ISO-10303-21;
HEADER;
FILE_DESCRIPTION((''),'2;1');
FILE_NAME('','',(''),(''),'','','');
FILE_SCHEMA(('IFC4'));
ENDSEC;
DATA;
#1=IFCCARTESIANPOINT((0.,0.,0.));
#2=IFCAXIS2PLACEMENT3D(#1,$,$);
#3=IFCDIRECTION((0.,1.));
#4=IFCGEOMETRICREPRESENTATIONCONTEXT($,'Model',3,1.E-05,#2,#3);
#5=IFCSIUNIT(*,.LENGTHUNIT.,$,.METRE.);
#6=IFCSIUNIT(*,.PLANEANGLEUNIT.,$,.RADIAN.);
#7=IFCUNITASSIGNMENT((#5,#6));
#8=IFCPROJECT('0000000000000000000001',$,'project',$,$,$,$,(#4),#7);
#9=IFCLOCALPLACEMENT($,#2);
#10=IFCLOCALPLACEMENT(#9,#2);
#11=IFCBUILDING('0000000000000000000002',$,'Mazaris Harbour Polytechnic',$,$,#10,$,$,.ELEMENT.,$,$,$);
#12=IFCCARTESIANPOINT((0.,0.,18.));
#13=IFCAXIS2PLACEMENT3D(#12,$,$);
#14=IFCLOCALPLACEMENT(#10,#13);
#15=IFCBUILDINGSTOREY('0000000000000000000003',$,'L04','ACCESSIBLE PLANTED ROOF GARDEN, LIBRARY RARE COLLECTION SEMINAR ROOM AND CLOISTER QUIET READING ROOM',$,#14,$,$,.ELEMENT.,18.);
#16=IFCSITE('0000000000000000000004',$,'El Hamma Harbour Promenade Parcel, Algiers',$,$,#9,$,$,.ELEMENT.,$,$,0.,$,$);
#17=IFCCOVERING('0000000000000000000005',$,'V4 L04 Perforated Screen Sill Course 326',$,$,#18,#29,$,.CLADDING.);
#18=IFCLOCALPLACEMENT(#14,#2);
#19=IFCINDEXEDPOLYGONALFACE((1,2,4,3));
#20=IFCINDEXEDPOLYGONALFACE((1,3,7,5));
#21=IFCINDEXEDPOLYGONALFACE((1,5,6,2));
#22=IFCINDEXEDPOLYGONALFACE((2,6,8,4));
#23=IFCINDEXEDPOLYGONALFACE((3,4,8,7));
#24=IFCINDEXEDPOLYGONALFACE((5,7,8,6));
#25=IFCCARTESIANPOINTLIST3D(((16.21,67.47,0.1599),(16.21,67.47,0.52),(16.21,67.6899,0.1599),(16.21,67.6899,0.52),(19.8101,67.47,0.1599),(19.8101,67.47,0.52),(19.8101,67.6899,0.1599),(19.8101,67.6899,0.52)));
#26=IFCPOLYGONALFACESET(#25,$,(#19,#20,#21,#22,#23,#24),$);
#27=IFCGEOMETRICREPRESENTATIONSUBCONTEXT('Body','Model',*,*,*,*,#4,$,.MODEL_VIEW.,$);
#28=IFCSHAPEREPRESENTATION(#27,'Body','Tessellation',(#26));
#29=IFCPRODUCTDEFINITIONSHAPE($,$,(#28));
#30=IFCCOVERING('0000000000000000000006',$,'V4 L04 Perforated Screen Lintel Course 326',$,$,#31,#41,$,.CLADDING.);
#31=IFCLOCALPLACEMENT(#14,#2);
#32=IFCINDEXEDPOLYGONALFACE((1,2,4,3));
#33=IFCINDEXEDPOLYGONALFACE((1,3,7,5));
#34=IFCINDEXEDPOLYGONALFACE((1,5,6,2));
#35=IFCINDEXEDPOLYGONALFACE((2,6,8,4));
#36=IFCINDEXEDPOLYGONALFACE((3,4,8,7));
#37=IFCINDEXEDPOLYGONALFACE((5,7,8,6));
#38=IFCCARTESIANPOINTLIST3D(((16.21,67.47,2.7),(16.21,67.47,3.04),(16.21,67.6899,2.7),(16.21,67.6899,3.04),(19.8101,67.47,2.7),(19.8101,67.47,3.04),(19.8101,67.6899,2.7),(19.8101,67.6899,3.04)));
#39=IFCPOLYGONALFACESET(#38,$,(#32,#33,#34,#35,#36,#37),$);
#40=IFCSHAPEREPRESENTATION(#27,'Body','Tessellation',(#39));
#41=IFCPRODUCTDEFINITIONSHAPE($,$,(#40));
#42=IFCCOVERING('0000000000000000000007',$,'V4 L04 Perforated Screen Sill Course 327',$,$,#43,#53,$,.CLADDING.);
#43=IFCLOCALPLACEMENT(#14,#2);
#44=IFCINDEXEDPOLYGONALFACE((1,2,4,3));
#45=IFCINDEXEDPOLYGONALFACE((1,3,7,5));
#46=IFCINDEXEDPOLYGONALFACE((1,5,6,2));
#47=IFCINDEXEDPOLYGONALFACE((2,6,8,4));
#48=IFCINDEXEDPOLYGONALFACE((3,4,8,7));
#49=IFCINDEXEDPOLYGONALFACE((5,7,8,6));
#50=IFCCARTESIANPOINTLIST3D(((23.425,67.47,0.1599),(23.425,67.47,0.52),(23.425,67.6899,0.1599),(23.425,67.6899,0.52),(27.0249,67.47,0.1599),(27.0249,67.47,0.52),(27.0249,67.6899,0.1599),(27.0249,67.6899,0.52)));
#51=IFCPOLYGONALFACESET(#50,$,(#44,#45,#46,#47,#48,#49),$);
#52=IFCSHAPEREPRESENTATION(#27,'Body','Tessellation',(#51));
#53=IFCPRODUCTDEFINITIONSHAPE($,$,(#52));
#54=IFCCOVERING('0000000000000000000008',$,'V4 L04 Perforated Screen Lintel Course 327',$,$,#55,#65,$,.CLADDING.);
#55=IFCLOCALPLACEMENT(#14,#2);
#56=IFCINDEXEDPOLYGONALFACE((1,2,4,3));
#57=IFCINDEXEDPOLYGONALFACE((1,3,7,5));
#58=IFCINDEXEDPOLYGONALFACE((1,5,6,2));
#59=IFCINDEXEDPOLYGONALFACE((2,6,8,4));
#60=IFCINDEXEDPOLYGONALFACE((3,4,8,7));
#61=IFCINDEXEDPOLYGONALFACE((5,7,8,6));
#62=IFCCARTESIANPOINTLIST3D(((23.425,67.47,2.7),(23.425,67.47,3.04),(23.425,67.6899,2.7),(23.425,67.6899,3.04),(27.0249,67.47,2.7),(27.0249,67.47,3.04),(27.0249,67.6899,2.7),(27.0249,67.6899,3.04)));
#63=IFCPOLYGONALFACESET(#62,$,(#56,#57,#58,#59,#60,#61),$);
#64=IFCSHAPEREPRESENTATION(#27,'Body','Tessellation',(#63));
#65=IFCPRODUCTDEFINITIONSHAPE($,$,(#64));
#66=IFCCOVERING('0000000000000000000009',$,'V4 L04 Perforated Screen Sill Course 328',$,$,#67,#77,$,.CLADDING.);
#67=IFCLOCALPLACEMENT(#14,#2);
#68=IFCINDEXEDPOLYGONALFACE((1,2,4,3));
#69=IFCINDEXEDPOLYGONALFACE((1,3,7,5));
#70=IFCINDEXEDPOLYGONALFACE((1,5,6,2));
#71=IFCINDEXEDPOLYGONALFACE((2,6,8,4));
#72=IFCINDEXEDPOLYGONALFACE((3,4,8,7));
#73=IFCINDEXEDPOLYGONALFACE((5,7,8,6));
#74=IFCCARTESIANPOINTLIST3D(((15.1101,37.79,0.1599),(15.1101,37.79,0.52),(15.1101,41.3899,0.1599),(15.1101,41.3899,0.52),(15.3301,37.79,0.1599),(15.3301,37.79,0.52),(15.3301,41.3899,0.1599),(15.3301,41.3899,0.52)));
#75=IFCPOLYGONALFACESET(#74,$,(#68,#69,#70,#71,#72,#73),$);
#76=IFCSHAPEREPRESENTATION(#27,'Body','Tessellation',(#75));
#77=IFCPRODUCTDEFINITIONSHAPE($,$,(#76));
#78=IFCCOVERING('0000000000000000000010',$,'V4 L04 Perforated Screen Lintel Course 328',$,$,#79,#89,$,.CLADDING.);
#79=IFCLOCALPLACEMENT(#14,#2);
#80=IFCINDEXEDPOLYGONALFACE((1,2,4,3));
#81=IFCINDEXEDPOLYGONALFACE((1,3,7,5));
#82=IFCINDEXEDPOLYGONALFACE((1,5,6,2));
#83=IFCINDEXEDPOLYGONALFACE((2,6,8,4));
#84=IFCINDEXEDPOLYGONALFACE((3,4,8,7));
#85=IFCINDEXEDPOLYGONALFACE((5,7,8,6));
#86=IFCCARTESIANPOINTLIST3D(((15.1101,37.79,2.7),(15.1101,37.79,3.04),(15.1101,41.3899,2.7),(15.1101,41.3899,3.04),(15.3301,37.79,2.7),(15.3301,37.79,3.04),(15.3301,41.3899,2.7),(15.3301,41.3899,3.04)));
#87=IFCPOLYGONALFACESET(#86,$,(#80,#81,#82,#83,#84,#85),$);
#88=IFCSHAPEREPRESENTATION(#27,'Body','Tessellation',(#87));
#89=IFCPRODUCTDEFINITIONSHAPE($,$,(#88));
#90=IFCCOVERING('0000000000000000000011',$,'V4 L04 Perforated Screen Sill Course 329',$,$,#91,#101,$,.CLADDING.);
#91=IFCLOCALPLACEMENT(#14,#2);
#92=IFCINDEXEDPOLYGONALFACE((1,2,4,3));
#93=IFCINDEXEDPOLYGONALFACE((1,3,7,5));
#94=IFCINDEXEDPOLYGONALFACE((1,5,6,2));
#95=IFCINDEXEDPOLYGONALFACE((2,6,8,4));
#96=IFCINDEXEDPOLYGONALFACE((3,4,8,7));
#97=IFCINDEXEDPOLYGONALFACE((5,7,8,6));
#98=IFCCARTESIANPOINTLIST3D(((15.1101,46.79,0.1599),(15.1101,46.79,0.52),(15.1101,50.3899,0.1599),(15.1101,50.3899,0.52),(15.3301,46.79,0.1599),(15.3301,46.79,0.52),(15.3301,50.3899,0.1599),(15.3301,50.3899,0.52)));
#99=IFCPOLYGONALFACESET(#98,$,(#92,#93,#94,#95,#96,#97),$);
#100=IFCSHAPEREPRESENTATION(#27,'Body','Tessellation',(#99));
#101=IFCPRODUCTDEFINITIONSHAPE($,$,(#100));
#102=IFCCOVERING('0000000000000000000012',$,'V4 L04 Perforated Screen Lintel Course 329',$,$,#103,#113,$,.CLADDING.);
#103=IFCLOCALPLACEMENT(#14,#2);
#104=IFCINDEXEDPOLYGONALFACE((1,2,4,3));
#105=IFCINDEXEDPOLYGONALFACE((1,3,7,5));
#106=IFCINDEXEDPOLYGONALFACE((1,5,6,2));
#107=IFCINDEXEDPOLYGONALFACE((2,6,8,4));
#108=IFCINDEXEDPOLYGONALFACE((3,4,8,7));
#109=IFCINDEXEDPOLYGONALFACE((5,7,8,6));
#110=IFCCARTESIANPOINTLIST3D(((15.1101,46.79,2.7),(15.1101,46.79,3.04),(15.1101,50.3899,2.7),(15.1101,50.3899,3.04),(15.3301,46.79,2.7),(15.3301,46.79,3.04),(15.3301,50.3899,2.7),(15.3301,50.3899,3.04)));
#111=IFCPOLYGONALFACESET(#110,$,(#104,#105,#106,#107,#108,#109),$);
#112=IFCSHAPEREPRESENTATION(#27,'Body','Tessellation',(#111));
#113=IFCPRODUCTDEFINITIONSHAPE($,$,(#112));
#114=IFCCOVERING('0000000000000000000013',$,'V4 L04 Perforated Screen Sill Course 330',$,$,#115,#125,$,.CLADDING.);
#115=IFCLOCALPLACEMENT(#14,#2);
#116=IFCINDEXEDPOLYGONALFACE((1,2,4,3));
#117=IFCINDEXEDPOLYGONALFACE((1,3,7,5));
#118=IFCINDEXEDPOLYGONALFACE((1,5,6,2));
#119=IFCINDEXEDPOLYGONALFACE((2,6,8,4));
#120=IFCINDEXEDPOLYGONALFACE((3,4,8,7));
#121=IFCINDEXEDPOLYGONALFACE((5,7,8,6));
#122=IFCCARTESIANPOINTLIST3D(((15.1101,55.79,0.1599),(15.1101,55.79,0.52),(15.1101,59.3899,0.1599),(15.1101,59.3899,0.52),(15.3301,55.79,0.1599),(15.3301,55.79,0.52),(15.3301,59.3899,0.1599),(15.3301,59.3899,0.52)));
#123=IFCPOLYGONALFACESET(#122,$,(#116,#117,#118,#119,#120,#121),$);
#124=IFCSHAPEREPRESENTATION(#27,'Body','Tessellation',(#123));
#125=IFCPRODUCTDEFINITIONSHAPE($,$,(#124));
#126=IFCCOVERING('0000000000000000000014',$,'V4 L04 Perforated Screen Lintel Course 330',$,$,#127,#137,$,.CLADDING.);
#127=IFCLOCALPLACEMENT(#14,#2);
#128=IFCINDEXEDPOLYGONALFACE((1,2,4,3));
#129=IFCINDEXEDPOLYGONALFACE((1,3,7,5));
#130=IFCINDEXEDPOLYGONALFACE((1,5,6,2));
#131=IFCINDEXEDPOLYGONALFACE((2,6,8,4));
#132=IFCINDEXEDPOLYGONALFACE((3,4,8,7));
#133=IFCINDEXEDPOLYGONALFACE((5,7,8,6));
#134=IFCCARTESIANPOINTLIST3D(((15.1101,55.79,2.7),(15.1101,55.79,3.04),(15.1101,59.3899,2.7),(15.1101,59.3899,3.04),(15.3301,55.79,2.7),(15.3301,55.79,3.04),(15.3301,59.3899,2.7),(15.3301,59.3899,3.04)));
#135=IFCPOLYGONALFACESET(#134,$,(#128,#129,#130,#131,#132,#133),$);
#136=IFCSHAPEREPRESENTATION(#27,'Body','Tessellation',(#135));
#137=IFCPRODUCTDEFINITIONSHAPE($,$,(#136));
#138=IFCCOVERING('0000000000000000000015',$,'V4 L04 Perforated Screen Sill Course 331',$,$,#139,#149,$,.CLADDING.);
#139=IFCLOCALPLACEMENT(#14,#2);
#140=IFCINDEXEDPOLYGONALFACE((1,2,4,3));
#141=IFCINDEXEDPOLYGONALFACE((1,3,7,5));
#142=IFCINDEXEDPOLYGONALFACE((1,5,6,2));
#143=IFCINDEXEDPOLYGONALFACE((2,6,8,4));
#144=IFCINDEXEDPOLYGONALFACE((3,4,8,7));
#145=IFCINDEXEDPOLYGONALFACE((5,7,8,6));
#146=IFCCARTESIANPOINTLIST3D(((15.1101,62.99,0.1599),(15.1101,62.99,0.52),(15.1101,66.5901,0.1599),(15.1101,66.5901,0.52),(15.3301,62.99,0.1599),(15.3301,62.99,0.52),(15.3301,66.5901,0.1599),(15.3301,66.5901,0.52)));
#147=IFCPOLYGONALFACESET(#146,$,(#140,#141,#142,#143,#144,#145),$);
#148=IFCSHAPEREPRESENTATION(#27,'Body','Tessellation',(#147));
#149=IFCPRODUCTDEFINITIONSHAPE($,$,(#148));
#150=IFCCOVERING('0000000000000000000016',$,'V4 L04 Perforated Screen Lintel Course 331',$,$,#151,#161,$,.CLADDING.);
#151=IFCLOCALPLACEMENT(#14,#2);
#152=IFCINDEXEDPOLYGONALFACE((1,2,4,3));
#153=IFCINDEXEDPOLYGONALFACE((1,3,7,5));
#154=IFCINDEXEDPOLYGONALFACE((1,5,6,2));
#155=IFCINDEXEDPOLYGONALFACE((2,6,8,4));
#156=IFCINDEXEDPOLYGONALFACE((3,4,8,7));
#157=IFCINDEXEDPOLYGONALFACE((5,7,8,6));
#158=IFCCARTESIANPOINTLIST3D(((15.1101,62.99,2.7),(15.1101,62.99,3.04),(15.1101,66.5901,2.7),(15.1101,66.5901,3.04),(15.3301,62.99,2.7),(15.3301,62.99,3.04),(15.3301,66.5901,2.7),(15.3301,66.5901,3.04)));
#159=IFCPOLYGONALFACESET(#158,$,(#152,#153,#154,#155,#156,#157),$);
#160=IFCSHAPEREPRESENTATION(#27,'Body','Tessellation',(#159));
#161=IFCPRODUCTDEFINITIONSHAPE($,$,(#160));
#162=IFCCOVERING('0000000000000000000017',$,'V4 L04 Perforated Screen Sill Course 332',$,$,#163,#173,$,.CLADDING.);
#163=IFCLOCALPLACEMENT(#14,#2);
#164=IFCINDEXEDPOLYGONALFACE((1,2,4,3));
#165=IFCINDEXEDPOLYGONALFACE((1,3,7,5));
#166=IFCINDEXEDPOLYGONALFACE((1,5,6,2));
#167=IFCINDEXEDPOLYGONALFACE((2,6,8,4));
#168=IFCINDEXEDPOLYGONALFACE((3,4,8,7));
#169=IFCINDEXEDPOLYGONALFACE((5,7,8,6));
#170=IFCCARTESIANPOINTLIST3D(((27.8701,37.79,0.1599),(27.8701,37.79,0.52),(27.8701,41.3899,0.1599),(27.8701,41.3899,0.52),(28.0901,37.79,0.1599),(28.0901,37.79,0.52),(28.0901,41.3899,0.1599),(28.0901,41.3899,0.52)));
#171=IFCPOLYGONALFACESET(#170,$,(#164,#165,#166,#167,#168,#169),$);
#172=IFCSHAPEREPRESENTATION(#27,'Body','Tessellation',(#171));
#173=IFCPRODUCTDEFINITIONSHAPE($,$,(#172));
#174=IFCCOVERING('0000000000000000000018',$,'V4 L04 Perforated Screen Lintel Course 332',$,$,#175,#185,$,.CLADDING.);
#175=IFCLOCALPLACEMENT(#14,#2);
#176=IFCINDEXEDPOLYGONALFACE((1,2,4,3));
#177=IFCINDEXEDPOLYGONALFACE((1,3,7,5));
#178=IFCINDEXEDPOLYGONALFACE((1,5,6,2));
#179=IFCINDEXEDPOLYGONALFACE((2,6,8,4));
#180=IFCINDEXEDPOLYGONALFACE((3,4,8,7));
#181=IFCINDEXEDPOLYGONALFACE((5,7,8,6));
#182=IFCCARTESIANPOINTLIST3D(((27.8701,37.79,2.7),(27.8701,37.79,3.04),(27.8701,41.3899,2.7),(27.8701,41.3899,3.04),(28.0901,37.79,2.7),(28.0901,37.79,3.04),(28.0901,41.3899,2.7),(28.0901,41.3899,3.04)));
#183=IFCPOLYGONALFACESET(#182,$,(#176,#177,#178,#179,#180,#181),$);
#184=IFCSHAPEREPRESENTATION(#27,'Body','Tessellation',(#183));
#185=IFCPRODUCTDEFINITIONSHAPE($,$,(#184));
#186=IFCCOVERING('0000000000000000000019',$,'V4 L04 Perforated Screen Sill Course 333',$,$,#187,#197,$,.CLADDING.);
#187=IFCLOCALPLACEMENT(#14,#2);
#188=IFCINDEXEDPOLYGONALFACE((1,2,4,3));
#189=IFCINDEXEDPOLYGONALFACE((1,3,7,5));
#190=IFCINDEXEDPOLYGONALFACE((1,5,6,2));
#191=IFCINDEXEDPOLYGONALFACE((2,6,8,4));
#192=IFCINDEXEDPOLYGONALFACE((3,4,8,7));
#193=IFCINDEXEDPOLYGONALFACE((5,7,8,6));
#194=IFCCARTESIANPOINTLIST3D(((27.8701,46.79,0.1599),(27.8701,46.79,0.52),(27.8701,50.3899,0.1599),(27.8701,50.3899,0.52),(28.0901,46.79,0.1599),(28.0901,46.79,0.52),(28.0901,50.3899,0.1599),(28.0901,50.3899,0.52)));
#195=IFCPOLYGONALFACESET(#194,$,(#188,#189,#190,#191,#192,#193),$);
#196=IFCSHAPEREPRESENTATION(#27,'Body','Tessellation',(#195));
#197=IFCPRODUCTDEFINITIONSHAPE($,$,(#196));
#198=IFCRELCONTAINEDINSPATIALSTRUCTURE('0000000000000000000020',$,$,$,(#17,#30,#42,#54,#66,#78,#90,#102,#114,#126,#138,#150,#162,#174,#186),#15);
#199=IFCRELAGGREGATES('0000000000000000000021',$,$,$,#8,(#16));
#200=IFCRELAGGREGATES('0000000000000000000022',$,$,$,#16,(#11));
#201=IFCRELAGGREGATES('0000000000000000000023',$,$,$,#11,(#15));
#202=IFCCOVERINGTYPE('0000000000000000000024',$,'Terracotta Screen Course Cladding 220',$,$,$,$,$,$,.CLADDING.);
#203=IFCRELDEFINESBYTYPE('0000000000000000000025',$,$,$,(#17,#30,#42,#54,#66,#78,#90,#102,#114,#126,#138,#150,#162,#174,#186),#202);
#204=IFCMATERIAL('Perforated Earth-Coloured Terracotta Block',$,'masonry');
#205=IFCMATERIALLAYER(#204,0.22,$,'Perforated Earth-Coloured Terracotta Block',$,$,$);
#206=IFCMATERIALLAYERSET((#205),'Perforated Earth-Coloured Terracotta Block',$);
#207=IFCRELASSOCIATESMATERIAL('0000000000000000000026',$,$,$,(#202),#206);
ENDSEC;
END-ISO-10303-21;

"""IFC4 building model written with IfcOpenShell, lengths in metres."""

from ifc_helpers import new_model, si_unit, direction, frame, origin, place, context, subcontext, project, spatial, polyline, outline, extrude, material, layer, layer_set, type_object, element, save


model = new_model("IFC4")

# Units and contexts
model_context = context("Model", 3, precision=1e-05, world=origin(), true_north=direction((0.0, 1.0)))
body_context = subcontext(model_context, "Body", "Model", "MODEL_VIEW")
ifc_project = project(units=[si_unit("LENGTHUNIT", "METRE"), si_unit("PLANEANGLEUNIT", "RADIAN")], contexts=[model_context])

# Site, building, storey
site_placement = place(None, origin())
site = spatial("IfcSite", under=ifc_project, at=site_placement, Name="El Hamma Harbour Promenade Parcel, Algiers", CompositionType="ELEMENT", RefElevation=0.0)
building_placement = place(site_placement, origin())
building = spatial("IfcBuilding", under=site, at=building_placement, Name="Mazaris Harbour Polytechnic", CompositionType="ELEMENT")
storey_placement = place(building_placement, frame((0.0, 0.0, 18.0)))
storey = spatial("IfcBuildingStorey", under=building, at=storey_placement, Name="L04", Description="ACCESSIBLE PLANTED ROOF GARDEN, LIBRARY RARE COLLECTION SEMINAR ROOM AND CLOISTER QUIET READING ROOM", CompositionType="ELEMENT", Elevation=18.0)

# Coverings
ifc_material_1 = material(Name="Perforated Earth-Coloured Terracotta Block", Category="masonry")
ifc_layer = layer(ifc_material_1, 0.22, Name="Perforated Earth-Coloured Terracotta Block")
ifc_layer_set = layer_set([ifc_layer], Name="Perforated Earth-Coloured Terracotta Block")
covering_type = type_object("IfcCoveringType", Name="Terracotta Screen Course Cladding 220", PredefinedType="CLADDING", material=ifc_layer_set)
covering_1_placement = place(storey_placement, frame((0.0, 0.0, 0.1599)))
element("IfcCovering", 1, at=covering_1_placement, inside=storey, type_object=covering_type, Name="V4 L04 Perforated Screen Sill Course 326", PredefinedType="CLADDING", context=body_context, shape_type="SweptSolid", body=[
    extrude(outline(polyline([(19.8101, 67.6899), (16.21, 67.6899), (16.21, 67.47), (19.8101, 67.47), (19.8101, 67.6899)])), origin(), (0.0, 0.0, 1.0), 0.3601),
])
covering_2_placement = place(storey_placement, frame((0.0, 0.0, 2.7)))
element("IfcCovering", 2, at=covering_2_placement, inside=storey, type_object=covering_type, Name="V4 L04 Perforated Screen Lintel Course 326", PredefinedType="CLADDING", context=body_context, shape_type="SweptSolid", body=[
    extrude(outline(polyline([(19.8101, 67.6899), (16.21, 67.6899), (16.21, 67.47), (19.8101, 67.47), (19.8101, 67.6899)])), origin(), (0.0, 0.0, 1.0), 0.3401),
])
covering_3_placement = place(storey_placement, frame((0.0, 0.0, 0.1599)))
element("IfcCovering", 3, at=covering_3_placement, inside=storey, type_object=covering_type, Name="V4 L04 Perforated Screen Sill Course 327", PredefinedType="CLADDING", context=body_context, shape_type="SweptSolid", body=[
    extrude(outline(polyline([(27.0249, 67.6899), (23.425, 67.6899), (23.425, 67.47), (27.0249, 67.47), (27.0249, 67.6899)])), origin(), (0.0, 0.0, 1.0), 0.3601),
])
covering_4_placement = place(storey_placement, frame((0.0, 0.0, 2.7)))
element("IfcCovering", 4, at=covering_4_placement, inside=storey, type_object=covering_type, Name="V4 L04 Perforated Screen Lintel Course 327", PredefinedType="CLADDING", context=body_context, shape_type="SweptSolid", body=[
    extrude(outline(polyline([(27.0249, 67.6899), (23.425, 67.6899), (23.425, 67.47), (27.0249, 67.47), (27.0249, 67.6899)])), origin(), (0.0, 0.0, 1.0), 0.3401),
])
covering_5_placement = place(storey_placement, frame((0.0, 0.0, 0.1599)))
element("IfcCovering", 5, at=covering_5_placement, inside=storey, type_object=covering_type, Name="V4 L04 Perforated Screen Sill Course 328", PredefinedType="CLADDING", context=body_context, shape_type="SweptSolid", body=[
    extrude(outline(polyline([(15.1101, 37.79), (15.1101, 41.3899), (15.3301, 41.3899), (15.3301, 37.79), (15.1101, 37.79)])), origin(), (0.0, 0.0, 1.0), 0.3601),
])
covering_6_placement = place(storey_placement, frame((0.0, 0.0, 2.7)))
element("IfcCovering", 6, at=covering_6_placement, inside=storey, type_object=covering_type, Name="V4 L04 Perforated Screen Lintel Course 328", PredefinedType="CLADDING", context=body_context, shape_type="SweptSolid", body=[
    extrude(outline(polyline([(15.1101, 37.79), (15.1101, 41.3899), (15.3301, 41.3899), (15.3301, 37.79), (15.1101, 37.79)])), origin(), (0.0, 0.0, 1.0), 0.3401),
])
covering_7_placement = place(storey_placement, frame((0.0, 0.0, 0.1599)))
element("IfcCovering", 7, at=covering_7_placement, inside=storey, type_object=covering_type, Name="V4 L04 Perforated Screen Sill Course 329", PredefinedType="CLADDING", context=body_context, shape_type="SweptSolid", body=[
    extrude(outline(polyline([(15.1101, 46.79), (15.1101, 50.3899), (15.3301, 50.3899), (15.3301, 46.79), (15.1101, 46.79)])), origin(), (0.0, 0.0, 1.0), 0.3601),
])
covering_8_placement = place(storey_placement, frame((0.0, 0.0, 2.7)))
element("IfcCovering", 8, at=covering_8_placement, inside=storey, type_object=covering_type, Name="V4 L04 Perforated Screen Lintel Course 329", PredefinedType="CLADDING", context=body_context, shape_type="SweptSolid", body=[
    extrude(outline(polyline([(15.1101, 46.79), (15.1101, 50.3899), (15.3301, 50.3899), (15.3301, 46.79), (15.1101, 46.79)])), origin(), (0.0, 0.0, 1.0), 0.3401),
])
covering_9_placement = place(storey_placement, frame((0.0, 0.0, 0.1599)))
element("IfcCovering", 9, at=covering_9_placement, inside=storey, type_object=covering_type, Name="V4 L04 Perforated Screen Sill Course 330", PredefinedType="CLADDING", context=body_context, shape_type="SweptSolid", body=[
    extrude(outline(polyline([(15.1101, 55.79), (15.1101, 59.3899), (15.3301, 59.3899), (15.3301, 55.79), (15.1101, 55.79)])), origin(), (0.0, 0.0, 1.0), 0.3601),
])
covering_10_placement = place(storey_placement, frame((0.0, 0.0, 2.7)))
element("IfcCovering", 10, at=covering_10_placement, inside=storey, type_object=covering_type, Name="V4 L04 Perforated Screen Lintel Course 330", PredefinedType="CLADDING", context=body_context, shape_type="SweptSolid", body=[
    extrude(outline(polyline([(15.1101, 55.79), (15.1101, 59.3899), (15.3301, 59.3899), (15.3301, 55.79), (15.1101, 55.79)])), origin(), (0.0, 0.0, 1.0), 0.3401),
])
covering_11_placement = place(storey_placement, frame((0.0, 0.0, 0.1599)))
element("IfcCovering", 11, at=covering_11_placement, inside=storey, type_object=covering_type, Name="V4 L04 Perforated Screen Sill Course 331", PredefinedType="CLADDING", context=body_context, shape_type="SweptSolid", body=[
    extrude(outline(polyline([(15.1101, 62.99), (15.1101, 66.5901), (15.3301, 66.5901), (15.3301, 62.99), (15.1101, 62.99)])), origin(), (0.0, 0.0, 1.0), 0.3601),
])
covering_12_placement = place(storey_placement, frame((0.0, 0.0, 2.7)))
element("IfcCovering", 12, at=covering_12_placement, inside=storey, type_object=covering_type, Name="V4 L04 Perforated Screen Lintel Course 331", PredefinedType="CLADDING", context=body_context, shape_type="SweptSolid", body=[
    extrude(outline(polyline([(15.1101, 62.99), (15.1101, 66.5901), (15.3301, 66.5901), (15.3301, 62.99), (15.1101, 62.99)])), origin(), (0.0, 0.0, 1.0), 0.3401),
])
covering_13_placement = place(storey_placement, frame((0.0, 0.0, 0.1599)))
element("IfcCovering", 13, at=covering_13_placement, inside=storey, type_object=covering_type, Name="V4 L04 Perforated Screen Sill Course 332", PredefinedType="CLADDING", context=body_context, shape_type="SweptSolid", body=[
    extrude(outline(polyline([(28.0901, 41.3899), (28.0901, 37.79), (27.8701, 37.79), (27.8701, 41.3899), (28.0901, 41.3899)])), origin(), (0.0, 0.0, 1.0), 0.3601),
])
covering_14_placement = place(storey_placement, frame((0.0, 0.0, 2.7)))
element("IfcCovering", 14, at=covering_14_placement, inside=storey, type_object=covering_type, Name="V4 L04 Perforated Screen Lintel Course 332", PredefinedType="CLADDING", context=body_context, shape_type="SweptSolid", body=[
    extrude(outline(polyline([(28.0901, 41.3899), (28.0901, 37.79), (27.8701, 37.79), (27.8701, 41.3899), (28.0901, 41.3899)])), origin(), (0.0, 0.0, 1.0), 0.3401),
])
covering_15_placement = place(storey_placement, frame((0.0, 0.0, 0.1599)))
element("IfcCovering", 15, at=covering_15_placement, inside=storey, type_object=covering_type, Name="V4 L04 Perforated Screen Sill Course 333", PredefinedType="CLADDING", context=body_context, shape_type="SweptSolid", body=[
    extrude(outline(polyline([(28.0901, 50.3899), (28.0901, 46.79), (27.8701, 46.79), (27.8701, 50.3899), (28.0901, 50.3899)])), origin(), (0.0, 0.0, 1.0), 0.3601),
])

save(model, "model.ifc")
